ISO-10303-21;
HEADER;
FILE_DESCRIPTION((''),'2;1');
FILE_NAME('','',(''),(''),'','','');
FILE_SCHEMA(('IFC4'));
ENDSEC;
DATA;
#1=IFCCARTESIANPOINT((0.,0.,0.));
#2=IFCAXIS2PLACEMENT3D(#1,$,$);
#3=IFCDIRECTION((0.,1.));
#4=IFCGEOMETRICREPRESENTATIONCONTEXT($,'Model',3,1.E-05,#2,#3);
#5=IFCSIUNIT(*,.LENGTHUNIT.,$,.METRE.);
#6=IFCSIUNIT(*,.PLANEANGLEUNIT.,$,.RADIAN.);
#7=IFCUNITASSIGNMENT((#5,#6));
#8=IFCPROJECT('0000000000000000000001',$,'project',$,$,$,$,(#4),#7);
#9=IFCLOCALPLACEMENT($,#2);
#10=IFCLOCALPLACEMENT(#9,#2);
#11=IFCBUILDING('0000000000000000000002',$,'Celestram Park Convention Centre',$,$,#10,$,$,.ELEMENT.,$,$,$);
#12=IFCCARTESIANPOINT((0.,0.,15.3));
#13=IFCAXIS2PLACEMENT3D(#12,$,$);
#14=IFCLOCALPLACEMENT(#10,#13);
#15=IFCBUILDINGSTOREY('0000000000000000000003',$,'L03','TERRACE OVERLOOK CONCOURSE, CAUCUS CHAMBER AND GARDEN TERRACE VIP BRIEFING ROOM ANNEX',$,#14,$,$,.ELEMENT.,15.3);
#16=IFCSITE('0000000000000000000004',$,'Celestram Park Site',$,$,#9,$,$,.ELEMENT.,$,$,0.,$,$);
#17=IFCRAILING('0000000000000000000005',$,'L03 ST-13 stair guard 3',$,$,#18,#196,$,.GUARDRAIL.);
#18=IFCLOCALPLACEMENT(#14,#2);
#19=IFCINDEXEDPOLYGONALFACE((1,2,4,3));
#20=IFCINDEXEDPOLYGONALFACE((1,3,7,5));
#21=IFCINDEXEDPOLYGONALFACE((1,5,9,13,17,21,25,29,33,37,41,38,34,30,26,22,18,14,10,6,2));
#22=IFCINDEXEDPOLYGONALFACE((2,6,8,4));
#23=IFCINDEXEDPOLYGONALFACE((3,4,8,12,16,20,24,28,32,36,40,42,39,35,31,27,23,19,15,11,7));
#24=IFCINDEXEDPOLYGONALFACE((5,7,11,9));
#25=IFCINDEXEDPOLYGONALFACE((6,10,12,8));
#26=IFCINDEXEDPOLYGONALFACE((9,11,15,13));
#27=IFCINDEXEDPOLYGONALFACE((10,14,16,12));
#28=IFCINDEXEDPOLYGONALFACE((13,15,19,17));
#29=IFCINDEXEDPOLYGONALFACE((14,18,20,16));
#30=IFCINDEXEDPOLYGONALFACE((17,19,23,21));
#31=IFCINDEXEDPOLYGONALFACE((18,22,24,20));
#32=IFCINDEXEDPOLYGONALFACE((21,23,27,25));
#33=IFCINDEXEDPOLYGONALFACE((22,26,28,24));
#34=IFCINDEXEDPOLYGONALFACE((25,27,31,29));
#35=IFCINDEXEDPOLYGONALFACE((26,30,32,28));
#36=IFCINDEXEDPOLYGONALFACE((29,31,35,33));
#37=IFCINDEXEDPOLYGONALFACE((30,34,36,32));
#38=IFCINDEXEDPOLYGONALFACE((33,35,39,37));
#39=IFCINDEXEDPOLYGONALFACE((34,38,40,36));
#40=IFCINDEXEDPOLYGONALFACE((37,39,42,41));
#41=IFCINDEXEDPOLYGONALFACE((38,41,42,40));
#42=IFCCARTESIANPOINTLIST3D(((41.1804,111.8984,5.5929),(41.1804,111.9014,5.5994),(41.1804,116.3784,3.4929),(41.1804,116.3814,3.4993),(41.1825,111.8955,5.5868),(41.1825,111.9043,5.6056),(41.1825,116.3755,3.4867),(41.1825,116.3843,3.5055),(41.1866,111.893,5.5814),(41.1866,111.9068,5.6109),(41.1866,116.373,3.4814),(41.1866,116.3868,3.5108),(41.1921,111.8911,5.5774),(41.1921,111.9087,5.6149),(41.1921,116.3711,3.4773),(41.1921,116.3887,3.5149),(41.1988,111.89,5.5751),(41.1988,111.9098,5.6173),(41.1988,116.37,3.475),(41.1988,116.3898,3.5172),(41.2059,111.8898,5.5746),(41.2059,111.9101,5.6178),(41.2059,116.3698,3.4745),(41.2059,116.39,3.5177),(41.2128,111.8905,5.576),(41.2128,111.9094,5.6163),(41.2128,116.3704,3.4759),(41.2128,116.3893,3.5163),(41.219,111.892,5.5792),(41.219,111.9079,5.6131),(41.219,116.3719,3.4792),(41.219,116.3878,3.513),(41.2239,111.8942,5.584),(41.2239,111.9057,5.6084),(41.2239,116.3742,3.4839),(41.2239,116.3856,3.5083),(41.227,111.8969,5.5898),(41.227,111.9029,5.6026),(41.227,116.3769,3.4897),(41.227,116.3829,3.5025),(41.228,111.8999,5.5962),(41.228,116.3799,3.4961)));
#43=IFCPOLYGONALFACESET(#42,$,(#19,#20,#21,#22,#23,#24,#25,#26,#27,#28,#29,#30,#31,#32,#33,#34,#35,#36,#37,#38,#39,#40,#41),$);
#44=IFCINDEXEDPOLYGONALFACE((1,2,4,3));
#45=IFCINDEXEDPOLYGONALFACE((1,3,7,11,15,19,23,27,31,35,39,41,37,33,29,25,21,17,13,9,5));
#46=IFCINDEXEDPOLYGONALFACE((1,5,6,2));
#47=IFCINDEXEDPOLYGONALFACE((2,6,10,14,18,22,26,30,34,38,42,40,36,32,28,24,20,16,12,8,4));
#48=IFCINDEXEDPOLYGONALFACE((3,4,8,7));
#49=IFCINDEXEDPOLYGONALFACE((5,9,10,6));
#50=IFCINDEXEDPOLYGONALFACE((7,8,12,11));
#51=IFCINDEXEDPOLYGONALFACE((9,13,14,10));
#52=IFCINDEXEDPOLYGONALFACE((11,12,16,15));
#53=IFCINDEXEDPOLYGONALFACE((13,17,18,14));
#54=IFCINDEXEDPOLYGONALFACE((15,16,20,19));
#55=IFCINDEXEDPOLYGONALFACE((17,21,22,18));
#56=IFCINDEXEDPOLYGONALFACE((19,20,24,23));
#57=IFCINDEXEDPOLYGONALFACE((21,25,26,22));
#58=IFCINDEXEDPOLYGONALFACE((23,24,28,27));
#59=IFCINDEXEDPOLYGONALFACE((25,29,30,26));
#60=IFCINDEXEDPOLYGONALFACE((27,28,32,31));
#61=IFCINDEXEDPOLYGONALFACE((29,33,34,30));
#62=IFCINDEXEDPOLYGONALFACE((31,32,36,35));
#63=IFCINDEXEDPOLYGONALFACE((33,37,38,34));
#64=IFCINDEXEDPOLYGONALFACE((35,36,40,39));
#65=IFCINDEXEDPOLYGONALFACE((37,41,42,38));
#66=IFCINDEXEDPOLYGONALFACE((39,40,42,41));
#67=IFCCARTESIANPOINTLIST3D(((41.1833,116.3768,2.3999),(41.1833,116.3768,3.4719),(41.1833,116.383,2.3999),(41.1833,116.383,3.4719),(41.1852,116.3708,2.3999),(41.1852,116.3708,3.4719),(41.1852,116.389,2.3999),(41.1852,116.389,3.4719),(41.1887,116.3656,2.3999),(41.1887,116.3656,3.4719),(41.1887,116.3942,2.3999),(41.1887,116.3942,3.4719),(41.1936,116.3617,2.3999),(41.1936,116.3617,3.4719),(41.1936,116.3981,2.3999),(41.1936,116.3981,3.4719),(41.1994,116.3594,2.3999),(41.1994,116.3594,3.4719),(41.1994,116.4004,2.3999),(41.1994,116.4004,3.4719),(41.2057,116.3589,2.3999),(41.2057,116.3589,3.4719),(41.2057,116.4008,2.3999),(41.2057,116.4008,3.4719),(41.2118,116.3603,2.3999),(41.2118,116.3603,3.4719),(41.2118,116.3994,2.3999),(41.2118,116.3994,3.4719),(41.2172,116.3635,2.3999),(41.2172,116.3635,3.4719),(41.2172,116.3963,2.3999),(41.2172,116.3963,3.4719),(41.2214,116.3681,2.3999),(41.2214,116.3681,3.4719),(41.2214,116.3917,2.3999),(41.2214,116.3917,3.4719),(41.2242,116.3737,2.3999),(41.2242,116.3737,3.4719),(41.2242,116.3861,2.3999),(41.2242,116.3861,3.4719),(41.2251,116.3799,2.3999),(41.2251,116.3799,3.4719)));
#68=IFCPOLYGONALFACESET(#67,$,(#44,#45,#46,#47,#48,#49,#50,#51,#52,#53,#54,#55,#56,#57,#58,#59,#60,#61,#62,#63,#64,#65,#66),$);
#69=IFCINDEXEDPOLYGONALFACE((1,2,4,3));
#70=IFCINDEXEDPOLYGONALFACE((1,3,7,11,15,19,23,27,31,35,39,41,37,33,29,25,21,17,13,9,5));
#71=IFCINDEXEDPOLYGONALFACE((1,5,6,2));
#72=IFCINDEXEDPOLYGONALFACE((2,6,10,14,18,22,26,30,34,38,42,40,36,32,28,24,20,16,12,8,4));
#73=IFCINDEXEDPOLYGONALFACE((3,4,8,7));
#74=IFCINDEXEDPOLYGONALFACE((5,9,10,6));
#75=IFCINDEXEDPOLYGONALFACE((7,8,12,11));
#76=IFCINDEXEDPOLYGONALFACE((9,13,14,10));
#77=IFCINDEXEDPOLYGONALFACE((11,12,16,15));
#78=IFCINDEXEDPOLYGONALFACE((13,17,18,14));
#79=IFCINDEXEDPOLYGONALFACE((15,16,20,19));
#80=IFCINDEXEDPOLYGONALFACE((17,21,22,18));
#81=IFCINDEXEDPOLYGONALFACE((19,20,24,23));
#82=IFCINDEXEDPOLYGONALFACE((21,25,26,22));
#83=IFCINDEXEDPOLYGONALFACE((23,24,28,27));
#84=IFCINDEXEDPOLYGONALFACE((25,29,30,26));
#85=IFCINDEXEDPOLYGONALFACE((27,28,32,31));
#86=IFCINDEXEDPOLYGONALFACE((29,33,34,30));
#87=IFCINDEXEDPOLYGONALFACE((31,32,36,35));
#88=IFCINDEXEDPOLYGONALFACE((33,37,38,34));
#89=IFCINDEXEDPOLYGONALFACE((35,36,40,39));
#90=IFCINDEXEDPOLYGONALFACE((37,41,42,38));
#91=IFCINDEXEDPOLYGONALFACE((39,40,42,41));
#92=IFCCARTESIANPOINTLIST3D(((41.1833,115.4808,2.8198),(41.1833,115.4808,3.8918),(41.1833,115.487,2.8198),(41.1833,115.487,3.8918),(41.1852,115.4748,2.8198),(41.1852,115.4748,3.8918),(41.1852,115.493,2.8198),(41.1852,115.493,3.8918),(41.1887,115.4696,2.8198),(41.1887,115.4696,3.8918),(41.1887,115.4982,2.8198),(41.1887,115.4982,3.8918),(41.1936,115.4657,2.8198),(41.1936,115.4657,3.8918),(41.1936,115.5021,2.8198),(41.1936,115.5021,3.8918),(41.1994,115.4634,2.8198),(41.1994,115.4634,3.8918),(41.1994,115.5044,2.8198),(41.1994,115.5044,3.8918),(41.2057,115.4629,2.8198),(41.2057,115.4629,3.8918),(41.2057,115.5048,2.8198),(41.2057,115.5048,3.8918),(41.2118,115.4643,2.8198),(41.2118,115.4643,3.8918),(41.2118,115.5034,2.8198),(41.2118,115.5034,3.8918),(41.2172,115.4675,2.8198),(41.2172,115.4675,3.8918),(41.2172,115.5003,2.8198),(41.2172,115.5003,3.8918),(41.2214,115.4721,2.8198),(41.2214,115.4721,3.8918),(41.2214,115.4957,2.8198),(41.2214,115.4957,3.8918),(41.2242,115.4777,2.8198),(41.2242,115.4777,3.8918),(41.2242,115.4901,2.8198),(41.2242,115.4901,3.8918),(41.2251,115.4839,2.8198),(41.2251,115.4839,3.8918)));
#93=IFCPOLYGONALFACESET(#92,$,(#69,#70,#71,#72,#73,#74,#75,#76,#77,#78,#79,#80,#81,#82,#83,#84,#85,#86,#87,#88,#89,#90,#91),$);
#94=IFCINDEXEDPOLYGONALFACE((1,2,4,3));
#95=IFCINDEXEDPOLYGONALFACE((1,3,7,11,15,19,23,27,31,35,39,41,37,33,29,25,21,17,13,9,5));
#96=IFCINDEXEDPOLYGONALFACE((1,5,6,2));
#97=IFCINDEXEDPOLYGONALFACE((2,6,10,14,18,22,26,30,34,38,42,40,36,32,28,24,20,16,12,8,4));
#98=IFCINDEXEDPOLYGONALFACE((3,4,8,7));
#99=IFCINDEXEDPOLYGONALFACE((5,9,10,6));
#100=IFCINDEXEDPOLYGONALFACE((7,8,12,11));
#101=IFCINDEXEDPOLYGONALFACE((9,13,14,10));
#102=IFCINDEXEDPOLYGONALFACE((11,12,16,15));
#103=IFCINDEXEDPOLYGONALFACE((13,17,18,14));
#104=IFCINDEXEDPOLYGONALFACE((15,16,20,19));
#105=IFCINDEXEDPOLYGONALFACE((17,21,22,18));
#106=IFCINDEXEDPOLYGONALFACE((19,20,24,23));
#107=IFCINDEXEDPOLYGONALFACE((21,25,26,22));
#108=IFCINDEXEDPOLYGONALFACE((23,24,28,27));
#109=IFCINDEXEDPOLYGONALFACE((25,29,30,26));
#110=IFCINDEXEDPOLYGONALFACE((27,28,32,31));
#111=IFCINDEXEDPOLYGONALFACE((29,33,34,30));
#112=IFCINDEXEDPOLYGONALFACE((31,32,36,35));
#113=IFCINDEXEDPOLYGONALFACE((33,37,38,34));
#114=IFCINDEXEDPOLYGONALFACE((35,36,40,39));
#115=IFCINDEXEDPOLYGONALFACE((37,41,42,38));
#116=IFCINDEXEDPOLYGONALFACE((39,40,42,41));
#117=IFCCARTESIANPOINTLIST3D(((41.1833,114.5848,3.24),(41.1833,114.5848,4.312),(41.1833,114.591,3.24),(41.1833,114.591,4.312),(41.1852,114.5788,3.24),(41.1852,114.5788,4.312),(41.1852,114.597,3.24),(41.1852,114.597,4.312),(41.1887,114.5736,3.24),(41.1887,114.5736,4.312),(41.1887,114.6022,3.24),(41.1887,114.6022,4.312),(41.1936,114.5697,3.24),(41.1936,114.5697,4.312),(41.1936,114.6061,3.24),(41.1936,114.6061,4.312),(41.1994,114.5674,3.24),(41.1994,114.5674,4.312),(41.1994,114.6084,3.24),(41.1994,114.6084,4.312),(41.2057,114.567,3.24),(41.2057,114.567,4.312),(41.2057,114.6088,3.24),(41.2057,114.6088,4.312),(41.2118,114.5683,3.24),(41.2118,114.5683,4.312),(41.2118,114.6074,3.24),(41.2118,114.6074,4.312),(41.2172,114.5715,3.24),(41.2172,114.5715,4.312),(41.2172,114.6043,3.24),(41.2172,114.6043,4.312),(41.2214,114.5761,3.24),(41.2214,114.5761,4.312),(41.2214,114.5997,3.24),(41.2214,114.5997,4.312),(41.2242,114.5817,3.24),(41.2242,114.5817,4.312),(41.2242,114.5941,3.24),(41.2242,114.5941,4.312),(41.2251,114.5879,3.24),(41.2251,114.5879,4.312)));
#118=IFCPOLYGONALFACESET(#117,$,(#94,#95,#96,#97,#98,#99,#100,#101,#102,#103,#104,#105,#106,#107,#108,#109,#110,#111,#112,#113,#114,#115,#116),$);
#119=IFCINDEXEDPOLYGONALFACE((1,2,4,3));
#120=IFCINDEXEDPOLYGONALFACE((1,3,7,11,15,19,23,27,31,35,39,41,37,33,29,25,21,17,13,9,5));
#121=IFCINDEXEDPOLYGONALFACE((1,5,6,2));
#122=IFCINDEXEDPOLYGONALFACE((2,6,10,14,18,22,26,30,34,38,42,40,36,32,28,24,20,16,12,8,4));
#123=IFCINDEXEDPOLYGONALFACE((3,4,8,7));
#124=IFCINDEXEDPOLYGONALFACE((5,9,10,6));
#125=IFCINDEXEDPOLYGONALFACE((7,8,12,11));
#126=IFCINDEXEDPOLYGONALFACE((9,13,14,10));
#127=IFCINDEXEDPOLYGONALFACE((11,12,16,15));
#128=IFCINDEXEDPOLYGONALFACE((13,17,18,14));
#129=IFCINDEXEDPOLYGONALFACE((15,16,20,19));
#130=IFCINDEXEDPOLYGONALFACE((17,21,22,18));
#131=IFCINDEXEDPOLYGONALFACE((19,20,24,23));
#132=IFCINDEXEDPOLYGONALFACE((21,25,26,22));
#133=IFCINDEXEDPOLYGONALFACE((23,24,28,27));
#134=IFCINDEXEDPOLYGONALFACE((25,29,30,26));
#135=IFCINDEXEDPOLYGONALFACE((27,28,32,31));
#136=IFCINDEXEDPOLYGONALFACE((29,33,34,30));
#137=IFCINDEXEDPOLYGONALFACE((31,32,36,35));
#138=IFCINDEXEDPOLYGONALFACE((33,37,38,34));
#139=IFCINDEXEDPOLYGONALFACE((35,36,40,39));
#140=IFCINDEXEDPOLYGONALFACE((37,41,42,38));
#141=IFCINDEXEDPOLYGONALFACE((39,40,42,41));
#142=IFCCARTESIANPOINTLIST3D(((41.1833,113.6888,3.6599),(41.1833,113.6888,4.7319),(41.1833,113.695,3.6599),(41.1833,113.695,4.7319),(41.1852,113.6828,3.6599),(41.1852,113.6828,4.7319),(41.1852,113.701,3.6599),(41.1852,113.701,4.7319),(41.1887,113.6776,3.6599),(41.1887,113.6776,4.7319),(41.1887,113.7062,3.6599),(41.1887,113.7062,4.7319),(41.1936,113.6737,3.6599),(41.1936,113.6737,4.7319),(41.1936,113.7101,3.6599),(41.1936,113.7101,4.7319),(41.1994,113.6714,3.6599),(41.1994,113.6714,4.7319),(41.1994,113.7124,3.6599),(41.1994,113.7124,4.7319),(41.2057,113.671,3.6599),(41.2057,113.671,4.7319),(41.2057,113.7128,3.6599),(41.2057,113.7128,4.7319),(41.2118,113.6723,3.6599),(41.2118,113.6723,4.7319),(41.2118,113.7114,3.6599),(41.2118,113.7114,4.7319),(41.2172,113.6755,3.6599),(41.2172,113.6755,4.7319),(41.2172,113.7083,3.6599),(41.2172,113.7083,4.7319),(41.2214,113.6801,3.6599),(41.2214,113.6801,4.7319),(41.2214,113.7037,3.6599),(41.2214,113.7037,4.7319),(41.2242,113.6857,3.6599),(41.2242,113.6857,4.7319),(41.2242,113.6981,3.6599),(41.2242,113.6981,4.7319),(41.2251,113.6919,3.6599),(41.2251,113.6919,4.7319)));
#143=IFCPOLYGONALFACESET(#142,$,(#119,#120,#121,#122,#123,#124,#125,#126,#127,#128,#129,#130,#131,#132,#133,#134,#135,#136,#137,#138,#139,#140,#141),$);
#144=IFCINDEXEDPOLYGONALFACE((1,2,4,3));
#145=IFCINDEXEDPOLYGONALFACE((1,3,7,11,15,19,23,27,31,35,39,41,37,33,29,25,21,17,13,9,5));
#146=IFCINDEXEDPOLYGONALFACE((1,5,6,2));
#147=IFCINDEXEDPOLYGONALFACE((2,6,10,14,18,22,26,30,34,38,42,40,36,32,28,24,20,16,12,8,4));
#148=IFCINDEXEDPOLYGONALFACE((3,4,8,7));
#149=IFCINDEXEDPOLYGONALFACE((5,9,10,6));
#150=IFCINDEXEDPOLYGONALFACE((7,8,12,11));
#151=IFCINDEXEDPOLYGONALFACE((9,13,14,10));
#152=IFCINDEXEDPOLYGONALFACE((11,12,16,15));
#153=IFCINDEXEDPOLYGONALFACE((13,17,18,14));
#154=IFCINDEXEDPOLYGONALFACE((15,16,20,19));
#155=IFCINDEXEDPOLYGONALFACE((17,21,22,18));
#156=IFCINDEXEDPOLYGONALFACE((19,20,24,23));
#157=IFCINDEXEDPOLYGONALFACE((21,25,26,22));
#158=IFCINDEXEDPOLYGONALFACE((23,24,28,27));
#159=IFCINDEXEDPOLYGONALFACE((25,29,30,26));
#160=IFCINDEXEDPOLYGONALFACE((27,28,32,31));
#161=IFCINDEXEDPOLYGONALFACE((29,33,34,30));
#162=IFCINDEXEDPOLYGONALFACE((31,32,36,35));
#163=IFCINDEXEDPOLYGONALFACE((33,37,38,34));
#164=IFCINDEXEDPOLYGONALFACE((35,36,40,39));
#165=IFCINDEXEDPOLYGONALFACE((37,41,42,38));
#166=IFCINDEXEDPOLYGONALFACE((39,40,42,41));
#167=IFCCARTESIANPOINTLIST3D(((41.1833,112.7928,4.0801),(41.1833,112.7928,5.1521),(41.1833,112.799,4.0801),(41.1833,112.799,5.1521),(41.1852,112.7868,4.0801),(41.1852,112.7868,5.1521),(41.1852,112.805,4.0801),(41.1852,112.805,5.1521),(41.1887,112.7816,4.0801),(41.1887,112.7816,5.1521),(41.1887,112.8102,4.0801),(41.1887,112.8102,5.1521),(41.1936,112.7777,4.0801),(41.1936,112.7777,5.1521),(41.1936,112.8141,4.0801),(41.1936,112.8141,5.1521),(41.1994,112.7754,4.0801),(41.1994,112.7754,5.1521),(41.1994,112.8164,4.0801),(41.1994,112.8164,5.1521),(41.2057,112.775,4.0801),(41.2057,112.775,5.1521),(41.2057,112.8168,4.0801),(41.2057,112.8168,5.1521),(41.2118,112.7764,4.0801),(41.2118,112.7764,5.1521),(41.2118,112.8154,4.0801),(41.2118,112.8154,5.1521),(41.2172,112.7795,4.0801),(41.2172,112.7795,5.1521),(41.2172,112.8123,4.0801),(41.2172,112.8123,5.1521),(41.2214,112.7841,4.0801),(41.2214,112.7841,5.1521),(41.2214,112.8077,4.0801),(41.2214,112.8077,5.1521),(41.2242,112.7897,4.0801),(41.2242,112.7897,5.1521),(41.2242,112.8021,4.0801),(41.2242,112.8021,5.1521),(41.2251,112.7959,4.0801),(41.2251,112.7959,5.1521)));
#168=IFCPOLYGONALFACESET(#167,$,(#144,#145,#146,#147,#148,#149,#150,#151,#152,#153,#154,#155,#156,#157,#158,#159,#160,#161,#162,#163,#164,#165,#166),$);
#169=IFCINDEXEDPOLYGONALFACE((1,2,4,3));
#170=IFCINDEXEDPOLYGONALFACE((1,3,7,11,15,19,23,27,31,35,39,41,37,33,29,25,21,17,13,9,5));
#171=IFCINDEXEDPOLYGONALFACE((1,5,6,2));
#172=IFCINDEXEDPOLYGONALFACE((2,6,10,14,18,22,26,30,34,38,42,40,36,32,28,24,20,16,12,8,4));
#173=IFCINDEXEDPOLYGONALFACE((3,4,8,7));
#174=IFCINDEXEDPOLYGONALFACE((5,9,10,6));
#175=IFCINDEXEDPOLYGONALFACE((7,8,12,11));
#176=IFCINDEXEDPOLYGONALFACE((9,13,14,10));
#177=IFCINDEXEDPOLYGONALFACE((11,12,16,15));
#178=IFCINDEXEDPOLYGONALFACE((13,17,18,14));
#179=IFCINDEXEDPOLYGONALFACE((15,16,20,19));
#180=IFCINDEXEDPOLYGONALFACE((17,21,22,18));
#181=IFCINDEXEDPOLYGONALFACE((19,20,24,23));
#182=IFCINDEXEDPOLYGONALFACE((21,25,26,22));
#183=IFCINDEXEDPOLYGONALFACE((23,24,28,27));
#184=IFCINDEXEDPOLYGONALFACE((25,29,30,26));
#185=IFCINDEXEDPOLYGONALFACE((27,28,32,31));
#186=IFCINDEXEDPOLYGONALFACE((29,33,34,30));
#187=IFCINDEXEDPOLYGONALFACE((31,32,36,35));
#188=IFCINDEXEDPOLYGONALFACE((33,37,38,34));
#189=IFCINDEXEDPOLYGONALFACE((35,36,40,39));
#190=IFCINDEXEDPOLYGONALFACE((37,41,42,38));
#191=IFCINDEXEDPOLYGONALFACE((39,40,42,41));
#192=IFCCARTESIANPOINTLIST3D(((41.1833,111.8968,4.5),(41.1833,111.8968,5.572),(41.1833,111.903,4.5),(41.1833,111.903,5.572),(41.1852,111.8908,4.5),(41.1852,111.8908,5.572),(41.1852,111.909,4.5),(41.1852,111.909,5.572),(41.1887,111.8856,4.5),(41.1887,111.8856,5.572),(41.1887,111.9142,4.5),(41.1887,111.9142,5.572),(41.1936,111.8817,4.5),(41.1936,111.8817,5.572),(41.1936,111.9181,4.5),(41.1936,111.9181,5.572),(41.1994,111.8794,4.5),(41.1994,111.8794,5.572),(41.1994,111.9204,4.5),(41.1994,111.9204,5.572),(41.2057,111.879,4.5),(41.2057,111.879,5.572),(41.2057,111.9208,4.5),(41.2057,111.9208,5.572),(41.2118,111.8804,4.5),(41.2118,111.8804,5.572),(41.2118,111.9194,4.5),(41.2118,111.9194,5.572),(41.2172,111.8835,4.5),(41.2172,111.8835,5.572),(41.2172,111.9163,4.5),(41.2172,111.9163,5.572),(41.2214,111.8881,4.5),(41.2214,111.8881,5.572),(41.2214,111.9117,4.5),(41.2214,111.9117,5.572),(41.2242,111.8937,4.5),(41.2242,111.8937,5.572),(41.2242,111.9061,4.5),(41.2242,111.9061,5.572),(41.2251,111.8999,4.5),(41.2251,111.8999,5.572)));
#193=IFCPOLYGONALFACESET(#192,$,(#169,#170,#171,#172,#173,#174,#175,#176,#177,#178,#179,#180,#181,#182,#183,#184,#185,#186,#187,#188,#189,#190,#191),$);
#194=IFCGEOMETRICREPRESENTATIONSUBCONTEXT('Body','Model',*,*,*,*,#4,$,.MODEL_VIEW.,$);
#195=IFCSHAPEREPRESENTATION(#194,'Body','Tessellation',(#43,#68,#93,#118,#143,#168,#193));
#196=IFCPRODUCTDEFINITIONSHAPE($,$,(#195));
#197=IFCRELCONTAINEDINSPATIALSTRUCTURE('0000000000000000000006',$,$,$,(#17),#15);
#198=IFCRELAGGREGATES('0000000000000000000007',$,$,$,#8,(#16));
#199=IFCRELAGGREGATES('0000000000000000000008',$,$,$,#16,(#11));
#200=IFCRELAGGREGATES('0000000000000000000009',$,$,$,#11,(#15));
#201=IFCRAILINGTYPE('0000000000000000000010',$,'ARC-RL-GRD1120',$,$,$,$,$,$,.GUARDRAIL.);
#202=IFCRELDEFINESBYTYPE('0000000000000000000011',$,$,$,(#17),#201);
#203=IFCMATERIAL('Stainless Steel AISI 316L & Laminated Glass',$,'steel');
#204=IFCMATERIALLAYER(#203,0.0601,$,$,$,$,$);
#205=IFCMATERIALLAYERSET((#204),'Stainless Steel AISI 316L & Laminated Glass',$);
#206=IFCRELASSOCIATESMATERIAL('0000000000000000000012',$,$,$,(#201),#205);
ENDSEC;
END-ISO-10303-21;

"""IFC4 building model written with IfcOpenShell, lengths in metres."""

from ifc_helpers import new_model, si_unit, direction, frame, origin, origin_2d, place, context, subcontext, project, spatial, circle, extrude, material, layer, layer_set, type_object, element, save


model = new_model("IFC4")

# Units and contexts
model_context = context("Model", 3, precision=1e-05, world=origin(), true_north=direction((0.0, 1.0)))
body_context = subcontext(model_context, "Body", "Model", "MODEL_VIEW")
ifc_project = project(units=[si_unit("LENGTHUNIT", "METRE"), si_unit("PLANEANGLEUNIT", "RADIAN")], contexts=[model_context])

# Site, building, storey
site_placement = place(None, origin())
site = spatial("IfcSite", under=ifc_project, at=site_placement, Name="Celestram Park Site", CompositionType="ELEMENT", RefElevation=0.0)
building_placement = place(site_placement, origin())
building = spatial("IfcBuilding", under=site, at=building_placement, Name="Celestram Park Convention Centre", CompositionType="ELEMENT")
storey_placement = place(building_placement, frame((0.0, 0.0, 15.3)))
storey = spatial("IfcBuildingStorey", under=building, at=storey_placement, Name="L03", Description="TERRACE OVERLOOK CONCOURSE, CAUCUS CHAMBER AND GARDEN TERRACE VIP BRIEFING ROOM ANNEX", CompositionType="ELEMENT", Elevation=15.3)

# Railing
ifc_material_1 = material(Name="Stainless Steel AISI 316L & Laminated Glass", Category="steel")
ifc_layer_1 = layer(ifc_material_1, 0.0601)
ifc_layer_set_1 = layer_set([ifc_layer_1], Name="Stainless Steel AISI 316L & Laminated Glass")
railing_type = type_object("IfcRailingType", Name="ARC-RL-GRD1120", PredefinedType="GUARDRAIL", material=ifc_layer_set_1)
railing_1_placement = place(storey_placement, frame((41.2041, 116.3799, 2.3999)))
element("IfcRailing", 1, at=railing_1_placement, inside=storey, type_object=railing_type, Name="L03 ST-13 stair guard 3", PredefinedType="GUARDRAIL", context=body_context, shape_type="SweptSolid", body=[
    extrude(circle(Radius=0.0239, at=origin_2d()), frame((0.0, 0.0, 1.0962), z_axis=(0.0, -0.905451, 0.424452), x_axis=(1.0, 0.0, 0.0)), (0.0, 0.0, 1.0), 4.9478),
    extrude(circle(Radius=0.021, at=origin_2d()), origin(), (0.0, 0.0, 1.0), 1.072),
    extrude(circle(Radius=0.021, at=origin_2d()), frame((0.0, -0.896, 0.4199)), (0.0, 0.0, 1.0), 1.072),
    extrude(circle(Radius=0.021, at=origin_2d()), frame((0.0, -1.792, 0.8401)), (0.0, 0.0, 1.0), 1.072),
    extrude(circle(Radius=0.021, at=origin_2d()), frame((0.0, -2.688, 1.26)), (0.0, 0.0, 1.0), 1.072),
    extrude(circle(Radius=0.021, at=origin_2d()), frame((0.0, -3.584, 1.6802)), (0.0, 0.0, 1.0), 1.072),
    extrude(circle(Radius=0.021, at=origin_2d()), frame((0.0, -4.48, 2.1001)), (0.0, 0.0, 1.0), 1.072),
])

save(model, "model.ifc")
